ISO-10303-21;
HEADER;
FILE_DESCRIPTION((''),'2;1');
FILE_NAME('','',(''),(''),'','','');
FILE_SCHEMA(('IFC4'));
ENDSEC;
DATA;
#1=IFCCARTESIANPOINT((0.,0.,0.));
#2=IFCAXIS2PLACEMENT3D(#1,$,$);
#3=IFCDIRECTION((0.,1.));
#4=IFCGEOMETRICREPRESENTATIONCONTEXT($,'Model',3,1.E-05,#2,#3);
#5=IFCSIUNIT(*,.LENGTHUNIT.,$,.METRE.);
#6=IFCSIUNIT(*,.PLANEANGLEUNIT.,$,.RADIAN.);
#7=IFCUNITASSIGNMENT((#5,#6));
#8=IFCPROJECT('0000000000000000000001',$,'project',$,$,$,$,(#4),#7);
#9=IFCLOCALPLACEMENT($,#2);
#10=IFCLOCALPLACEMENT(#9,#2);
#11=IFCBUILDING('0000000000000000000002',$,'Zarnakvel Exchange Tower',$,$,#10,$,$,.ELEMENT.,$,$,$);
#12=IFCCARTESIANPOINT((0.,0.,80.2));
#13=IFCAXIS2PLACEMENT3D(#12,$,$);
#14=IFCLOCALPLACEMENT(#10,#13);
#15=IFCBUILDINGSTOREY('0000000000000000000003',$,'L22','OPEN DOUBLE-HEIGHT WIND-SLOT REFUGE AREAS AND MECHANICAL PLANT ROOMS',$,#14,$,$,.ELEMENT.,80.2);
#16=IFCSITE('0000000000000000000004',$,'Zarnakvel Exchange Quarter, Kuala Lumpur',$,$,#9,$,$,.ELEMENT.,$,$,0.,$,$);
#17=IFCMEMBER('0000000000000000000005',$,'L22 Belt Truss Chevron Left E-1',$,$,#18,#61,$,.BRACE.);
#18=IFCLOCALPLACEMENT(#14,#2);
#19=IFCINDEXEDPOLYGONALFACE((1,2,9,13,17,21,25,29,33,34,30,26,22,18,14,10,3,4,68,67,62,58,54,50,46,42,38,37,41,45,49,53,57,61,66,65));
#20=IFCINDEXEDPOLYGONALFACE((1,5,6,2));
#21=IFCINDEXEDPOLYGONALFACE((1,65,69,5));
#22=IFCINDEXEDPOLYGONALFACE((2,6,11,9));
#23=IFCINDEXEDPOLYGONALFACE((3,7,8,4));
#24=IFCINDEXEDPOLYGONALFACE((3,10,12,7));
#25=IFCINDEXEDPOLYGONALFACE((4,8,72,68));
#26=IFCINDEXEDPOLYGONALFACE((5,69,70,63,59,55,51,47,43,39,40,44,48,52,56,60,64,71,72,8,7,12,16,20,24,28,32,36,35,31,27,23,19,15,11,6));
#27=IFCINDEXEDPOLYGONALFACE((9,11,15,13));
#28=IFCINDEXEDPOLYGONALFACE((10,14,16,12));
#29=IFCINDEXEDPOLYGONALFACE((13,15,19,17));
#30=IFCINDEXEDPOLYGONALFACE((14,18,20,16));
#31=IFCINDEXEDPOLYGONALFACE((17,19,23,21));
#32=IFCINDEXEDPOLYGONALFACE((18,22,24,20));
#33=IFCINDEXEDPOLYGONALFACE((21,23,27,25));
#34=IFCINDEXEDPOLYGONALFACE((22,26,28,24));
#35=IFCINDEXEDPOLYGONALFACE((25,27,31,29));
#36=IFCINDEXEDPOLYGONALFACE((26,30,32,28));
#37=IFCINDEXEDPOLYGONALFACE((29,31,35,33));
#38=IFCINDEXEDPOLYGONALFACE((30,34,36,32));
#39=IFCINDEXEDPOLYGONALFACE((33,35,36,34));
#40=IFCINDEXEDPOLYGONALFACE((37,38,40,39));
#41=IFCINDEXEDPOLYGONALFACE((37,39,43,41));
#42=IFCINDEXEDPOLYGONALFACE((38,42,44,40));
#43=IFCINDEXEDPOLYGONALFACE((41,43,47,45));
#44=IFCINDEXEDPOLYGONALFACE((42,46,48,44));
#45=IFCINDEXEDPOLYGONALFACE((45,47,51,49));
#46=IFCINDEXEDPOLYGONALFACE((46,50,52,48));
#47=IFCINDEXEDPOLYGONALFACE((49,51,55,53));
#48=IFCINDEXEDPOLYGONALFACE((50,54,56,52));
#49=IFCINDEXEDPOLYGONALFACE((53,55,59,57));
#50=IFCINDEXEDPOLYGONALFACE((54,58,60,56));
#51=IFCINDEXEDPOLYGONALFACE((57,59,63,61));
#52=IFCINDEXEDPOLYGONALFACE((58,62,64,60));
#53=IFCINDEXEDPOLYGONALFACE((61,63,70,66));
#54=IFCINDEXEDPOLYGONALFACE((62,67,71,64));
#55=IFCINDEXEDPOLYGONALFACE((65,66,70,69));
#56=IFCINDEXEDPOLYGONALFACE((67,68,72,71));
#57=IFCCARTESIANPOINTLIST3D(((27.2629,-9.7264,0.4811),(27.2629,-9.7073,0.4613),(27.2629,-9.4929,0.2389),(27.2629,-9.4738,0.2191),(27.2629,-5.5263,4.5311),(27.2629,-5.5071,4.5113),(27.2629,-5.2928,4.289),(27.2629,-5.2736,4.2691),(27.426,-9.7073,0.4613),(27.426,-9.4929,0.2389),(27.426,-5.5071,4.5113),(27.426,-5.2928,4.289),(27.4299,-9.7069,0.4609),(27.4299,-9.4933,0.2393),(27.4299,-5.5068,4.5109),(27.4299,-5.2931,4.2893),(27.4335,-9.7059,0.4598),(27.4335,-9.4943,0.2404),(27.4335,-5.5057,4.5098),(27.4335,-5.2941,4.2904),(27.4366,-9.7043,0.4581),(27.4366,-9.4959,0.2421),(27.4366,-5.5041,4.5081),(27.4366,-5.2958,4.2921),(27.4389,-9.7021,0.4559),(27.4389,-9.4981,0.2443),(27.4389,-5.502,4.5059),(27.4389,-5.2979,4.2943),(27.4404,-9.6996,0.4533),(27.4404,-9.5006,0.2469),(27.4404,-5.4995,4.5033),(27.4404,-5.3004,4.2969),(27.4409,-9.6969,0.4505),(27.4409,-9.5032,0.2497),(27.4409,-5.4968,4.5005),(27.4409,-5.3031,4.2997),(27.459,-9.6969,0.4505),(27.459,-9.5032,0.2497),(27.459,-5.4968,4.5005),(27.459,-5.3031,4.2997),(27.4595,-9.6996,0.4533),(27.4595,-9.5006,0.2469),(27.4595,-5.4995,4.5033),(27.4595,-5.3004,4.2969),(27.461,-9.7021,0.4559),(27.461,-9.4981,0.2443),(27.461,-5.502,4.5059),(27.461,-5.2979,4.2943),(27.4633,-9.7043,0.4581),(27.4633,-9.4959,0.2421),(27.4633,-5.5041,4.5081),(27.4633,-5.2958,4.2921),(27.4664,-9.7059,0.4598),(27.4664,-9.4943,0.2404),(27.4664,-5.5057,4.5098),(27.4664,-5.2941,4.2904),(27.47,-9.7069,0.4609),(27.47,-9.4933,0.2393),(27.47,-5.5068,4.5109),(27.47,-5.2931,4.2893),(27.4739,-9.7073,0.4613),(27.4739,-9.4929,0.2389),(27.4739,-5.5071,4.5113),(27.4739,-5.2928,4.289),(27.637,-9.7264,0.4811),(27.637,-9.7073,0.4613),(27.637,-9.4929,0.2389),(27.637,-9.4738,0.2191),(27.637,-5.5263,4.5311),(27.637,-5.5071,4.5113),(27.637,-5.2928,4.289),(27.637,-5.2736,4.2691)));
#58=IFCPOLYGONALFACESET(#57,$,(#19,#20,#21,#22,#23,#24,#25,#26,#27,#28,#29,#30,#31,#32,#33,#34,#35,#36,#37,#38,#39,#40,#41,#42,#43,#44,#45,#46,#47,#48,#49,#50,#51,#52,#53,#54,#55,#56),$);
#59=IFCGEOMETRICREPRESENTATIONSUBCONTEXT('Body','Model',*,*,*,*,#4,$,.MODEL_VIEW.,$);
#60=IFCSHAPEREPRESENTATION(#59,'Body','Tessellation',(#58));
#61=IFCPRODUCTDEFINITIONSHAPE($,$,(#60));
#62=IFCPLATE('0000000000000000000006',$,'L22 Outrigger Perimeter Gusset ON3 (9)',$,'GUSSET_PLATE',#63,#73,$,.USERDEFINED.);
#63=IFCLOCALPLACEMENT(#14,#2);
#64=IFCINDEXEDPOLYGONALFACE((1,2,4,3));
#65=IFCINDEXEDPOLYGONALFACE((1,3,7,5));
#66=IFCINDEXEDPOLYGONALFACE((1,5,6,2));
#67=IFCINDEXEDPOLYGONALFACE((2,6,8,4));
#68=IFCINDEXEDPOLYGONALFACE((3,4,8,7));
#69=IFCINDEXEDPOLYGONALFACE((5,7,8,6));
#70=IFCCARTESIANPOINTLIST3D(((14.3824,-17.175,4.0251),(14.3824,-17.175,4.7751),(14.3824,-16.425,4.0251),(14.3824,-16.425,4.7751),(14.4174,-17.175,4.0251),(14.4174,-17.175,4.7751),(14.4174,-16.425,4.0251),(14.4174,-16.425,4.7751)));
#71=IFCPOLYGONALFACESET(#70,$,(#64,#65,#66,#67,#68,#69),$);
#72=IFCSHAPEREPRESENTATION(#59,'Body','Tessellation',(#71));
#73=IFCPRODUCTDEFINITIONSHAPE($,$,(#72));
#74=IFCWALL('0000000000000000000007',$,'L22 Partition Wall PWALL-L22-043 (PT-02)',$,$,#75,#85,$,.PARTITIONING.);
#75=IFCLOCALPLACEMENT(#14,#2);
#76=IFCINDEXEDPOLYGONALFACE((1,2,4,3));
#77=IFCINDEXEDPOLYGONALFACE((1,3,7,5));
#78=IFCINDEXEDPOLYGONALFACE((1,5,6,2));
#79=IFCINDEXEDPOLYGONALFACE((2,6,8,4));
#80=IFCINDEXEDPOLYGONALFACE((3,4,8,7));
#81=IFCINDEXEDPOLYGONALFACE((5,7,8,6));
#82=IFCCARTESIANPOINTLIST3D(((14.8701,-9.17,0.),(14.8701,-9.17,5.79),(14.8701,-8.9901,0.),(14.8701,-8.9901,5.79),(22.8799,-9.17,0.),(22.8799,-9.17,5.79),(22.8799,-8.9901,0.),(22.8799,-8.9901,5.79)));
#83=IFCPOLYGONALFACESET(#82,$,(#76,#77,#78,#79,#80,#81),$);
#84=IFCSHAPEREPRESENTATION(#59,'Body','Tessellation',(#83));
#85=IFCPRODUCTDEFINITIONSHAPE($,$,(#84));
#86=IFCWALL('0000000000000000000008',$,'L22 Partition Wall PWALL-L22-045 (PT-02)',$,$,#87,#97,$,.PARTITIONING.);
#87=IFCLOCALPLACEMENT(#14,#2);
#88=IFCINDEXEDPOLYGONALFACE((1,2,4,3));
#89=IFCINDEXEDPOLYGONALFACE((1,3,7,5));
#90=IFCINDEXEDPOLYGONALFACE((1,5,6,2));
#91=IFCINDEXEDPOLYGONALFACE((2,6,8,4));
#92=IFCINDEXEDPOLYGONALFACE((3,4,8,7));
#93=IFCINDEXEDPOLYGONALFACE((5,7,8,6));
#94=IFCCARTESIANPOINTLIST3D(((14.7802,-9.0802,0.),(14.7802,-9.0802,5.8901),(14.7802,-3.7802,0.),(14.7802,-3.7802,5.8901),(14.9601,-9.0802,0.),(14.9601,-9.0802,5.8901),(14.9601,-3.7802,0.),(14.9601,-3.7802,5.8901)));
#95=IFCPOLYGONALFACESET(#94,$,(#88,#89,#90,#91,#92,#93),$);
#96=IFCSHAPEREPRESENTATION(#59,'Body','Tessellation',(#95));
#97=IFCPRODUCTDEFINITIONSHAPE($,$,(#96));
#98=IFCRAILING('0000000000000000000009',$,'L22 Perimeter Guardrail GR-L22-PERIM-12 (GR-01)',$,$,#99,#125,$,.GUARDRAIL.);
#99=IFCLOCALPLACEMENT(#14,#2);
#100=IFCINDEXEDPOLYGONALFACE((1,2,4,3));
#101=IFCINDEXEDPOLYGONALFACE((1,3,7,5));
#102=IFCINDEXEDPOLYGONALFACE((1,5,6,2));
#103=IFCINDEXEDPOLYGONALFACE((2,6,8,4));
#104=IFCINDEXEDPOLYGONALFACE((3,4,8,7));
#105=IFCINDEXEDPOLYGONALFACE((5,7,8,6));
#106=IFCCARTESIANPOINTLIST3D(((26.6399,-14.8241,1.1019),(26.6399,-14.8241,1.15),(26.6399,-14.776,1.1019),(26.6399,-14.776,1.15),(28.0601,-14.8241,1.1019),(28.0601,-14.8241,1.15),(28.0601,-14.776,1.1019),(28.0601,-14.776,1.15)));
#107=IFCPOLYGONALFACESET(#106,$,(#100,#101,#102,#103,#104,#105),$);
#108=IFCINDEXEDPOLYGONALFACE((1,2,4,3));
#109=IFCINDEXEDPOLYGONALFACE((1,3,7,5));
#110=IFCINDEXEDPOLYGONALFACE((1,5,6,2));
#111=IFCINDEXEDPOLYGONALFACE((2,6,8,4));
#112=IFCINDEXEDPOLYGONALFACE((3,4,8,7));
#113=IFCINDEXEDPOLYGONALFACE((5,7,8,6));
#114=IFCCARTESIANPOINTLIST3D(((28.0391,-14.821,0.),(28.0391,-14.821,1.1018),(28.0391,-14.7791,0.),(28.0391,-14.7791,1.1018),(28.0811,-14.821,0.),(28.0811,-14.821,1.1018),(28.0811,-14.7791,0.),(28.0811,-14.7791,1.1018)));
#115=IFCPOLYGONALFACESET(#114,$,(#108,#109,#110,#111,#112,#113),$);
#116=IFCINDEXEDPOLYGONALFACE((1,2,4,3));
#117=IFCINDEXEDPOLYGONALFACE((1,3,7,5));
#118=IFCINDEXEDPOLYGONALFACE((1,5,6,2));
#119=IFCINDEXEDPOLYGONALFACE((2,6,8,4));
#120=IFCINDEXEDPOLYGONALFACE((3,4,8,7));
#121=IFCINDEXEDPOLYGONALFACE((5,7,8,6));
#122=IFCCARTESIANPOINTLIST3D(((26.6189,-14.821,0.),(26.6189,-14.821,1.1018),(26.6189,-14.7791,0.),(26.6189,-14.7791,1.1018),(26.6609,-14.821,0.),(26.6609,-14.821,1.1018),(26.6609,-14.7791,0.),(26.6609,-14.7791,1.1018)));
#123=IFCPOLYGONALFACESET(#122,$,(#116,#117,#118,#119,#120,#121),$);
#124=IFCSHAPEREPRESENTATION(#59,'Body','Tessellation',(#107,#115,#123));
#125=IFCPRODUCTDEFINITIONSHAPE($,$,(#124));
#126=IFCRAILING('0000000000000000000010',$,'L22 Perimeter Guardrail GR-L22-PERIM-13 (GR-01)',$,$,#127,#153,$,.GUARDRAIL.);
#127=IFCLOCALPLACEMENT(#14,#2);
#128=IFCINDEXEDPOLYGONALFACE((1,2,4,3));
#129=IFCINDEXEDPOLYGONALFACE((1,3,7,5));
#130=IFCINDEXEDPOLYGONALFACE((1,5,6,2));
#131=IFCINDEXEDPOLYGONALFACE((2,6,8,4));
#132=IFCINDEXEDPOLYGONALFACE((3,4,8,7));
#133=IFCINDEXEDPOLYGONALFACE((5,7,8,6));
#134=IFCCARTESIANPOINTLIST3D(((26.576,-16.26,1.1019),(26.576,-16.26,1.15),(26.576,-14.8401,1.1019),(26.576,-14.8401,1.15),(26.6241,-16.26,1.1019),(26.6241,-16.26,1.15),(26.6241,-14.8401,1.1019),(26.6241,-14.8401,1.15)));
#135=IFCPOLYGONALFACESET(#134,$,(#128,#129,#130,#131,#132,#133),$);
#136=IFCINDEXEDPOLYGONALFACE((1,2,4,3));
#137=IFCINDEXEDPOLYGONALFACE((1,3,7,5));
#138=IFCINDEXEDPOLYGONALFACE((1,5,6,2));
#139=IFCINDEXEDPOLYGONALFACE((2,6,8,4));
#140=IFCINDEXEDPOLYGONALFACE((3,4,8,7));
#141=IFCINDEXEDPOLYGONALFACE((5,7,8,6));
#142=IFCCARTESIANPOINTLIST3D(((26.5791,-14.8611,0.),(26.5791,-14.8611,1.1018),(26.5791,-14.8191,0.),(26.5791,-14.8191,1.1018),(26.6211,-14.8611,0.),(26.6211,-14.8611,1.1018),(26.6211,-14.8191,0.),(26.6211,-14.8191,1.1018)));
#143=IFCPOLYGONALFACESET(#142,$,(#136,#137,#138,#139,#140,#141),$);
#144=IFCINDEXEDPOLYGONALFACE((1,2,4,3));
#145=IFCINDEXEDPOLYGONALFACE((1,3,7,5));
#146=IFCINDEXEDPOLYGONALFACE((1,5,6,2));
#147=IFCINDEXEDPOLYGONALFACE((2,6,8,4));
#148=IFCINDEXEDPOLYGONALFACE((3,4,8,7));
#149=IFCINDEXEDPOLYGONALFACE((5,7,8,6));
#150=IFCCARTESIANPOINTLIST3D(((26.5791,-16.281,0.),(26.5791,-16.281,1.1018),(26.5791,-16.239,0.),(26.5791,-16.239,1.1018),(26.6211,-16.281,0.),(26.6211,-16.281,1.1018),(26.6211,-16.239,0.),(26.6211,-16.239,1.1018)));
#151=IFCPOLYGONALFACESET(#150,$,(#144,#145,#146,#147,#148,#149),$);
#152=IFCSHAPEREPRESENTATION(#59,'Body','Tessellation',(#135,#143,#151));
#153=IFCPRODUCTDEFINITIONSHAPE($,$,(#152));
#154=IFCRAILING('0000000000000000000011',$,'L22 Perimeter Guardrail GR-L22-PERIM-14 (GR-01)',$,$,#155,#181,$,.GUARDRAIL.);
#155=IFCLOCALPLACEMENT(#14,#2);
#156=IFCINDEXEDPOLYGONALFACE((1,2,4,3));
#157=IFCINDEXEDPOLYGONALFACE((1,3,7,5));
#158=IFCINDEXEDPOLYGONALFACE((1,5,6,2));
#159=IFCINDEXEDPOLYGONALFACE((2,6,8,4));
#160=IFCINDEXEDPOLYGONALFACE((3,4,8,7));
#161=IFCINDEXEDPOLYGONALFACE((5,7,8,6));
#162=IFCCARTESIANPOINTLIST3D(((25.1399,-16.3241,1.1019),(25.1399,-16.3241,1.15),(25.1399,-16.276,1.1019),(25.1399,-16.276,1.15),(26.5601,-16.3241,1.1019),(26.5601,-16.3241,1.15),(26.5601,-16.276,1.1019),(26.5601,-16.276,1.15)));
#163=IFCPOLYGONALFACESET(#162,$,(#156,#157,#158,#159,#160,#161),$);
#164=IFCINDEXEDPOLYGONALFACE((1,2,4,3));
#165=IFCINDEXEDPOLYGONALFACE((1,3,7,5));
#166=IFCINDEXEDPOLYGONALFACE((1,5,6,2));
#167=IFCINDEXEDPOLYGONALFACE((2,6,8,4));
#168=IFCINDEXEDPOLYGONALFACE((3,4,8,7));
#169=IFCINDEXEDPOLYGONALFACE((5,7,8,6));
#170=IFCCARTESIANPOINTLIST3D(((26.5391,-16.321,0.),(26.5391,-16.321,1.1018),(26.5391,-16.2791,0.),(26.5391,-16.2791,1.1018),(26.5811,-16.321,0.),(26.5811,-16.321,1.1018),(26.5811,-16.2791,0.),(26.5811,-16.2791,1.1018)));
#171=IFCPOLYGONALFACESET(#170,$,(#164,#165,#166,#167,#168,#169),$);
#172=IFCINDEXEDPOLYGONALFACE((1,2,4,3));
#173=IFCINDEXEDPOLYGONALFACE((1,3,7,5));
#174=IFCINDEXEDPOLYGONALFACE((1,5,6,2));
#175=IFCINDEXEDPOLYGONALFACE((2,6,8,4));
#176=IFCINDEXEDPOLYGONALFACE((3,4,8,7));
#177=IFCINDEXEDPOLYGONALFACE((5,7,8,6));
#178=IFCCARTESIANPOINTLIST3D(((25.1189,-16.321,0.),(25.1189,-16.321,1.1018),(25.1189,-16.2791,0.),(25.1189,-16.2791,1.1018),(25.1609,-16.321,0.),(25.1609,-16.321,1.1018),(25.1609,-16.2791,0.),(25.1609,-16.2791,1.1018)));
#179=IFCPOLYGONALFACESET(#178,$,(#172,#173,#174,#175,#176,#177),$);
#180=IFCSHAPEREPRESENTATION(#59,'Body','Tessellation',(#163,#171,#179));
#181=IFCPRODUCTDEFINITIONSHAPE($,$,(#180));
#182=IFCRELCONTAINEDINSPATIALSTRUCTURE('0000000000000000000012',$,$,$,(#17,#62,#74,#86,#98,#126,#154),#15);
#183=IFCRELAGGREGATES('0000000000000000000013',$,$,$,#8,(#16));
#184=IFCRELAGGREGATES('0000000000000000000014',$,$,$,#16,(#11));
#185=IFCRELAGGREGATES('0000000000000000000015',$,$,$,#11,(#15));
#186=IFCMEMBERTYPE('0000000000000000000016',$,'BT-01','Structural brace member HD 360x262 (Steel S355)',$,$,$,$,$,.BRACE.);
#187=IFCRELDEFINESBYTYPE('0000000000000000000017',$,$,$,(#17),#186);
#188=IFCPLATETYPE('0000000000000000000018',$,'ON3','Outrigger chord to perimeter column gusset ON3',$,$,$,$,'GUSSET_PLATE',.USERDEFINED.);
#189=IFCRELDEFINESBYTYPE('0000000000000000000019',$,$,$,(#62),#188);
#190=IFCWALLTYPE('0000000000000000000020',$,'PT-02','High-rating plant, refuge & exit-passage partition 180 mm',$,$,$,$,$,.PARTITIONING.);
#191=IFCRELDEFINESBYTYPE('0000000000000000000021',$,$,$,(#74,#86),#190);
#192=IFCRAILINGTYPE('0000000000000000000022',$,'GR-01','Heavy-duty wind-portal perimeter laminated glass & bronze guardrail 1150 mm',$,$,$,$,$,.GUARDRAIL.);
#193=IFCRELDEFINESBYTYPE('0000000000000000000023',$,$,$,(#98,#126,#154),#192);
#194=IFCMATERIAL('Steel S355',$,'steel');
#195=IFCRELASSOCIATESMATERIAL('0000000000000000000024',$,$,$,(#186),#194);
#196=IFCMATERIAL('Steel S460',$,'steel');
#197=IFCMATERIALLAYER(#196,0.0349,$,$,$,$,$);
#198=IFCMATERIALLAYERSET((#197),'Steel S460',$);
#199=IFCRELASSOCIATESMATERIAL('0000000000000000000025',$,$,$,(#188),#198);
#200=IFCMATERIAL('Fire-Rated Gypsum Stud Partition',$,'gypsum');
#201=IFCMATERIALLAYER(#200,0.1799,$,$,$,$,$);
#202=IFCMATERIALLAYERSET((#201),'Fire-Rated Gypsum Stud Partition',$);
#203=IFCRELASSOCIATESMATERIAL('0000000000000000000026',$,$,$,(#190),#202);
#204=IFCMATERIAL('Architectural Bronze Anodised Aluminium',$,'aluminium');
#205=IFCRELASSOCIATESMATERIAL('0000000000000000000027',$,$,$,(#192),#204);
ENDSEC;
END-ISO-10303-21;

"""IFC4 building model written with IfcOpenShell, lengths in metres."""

from ifc_helpers import new_model, si_unit, direction, frame, frame_2d, origin, origin_2d, place, context, subcontext, project, spatial, rectangle, i_section, extrude, source, transform, mapped, material, layer, layer_set, material_profile, profile_set, type_object, element, save


model = new_model("IFC4")

# Units and contexts
model_context = context("Model", 3, precision=1e-05, world=origin(), true_north=direction((0.0, 1.0)))
body_context = subcontext(model_context, "Body", "Model", "MODEL_VIEW")
ifc_project = project(units=[si_unit("LENGTHUNIT", "METRE"), si_unit("PLANEANGLEUNIT", "RADIAN")], contexts=[model_context])

# Site, building, storey
site_placement = place(None, origin())
site = spatial("IfcSite", under=ifc_project, at=site_placement, Name="Zarnakvel Exchange Quarter, Kuala Lumpur", CompositionType="ELEMENT", RefElevation=0.0)
building_placement = place(site_placement, origin())
building = spatial("IfcBuilding", under=site, at=building_placement, Name="Zarnakvel Exchange Tower", CompositionType="ELEMENT")
storey_placement = place(building_placement, frame((0.0, 0.0, 80.2)))
storey = spatial("IfcBuildingStorey", under=building, at=storey_placement, Name="L22", Description="OPEN DOUBLE-HEIGHT WIND-SLOT REFUGE AREAS AND MECHANICAL PLANT ROOMS", CompositionType="ELEMENT", Elevation=80.2)

# Shared definitions
ifc_material_1 = material(Name="Steel S355", Category="steel")

# Shared definitions
ifc_material_2 = material(Name="Steel S460", Category="steel")

# Member
ifc_material_profile_1 = material_profile(ifc_material_1, i_section(OverallWidth=0.374, OverallDepth=0.364, WebThickness=0.0181, FlangeThickness=0.0276, FilletRadius=0.0149, at=origin_2d()))
ifc_profile_set_1 = profile_set([ifc_material_profile_1], Name="Steel S355")
member_type_1 = type_object("IfcMemberType", Name="BT-01", Description="Structural brace member HD 360x262 (Steel S355)", PredefinedType="BRACE", material=ifc_profile_set_1)
shared_shape_1 = source(origin(), body_context, "Body", "SweptSolid", [
    extrude(i_section(OverallWidth=0.374, OverallDepth=0.364, WebThickness=0.0181, FlangeThickness=0.0276, FilletRadius=0.0149, at=origin_2d()), origin(), (0.0, 0.0, 1.0), 5.8347),
])
member_1_placement = place(storey_placement, frame((27.45, -9.6001, 0.3501), z_axis=(0.0, 0.719856, 0.694123), x_axis=(-1.0, 0.0, 0.0)))
element("IfcMember", 1, at=member_1_placement, inside=storey, type_object=member_type_1, Name="L22 Belt Truss Chevron Left E-1", PredefinedType="BRACE", context=body_context, shape_type="MappedRepresentation", body=[
    mapped(shared_shape_1, transform((0.0, 0.0, 0.0), x_axis=(1.0, 0.0, 0.0), y_axis=(0.0, 1.0, 0.0), z_axis=(0.0, 0.0, 1.0), scale=1.0)),
])

# Plate
ifc_layer_1 = layer(ifc_material_2, 0.0349)
ifc_layer_set_1 = layer_set([ifc_layer_1], Name="Steel S460")
plate_type = type_object("IfcPlateType", Name="ON3", Description="Outrigger chord to perimeter column gusset ON3", ElementType="GUSSET_PLATE", PredefinedType="USERDEFINED", material=ifc_layer_set_1)
shared_shape_2 = source(origin(), body_context, "Body", "SweptSolid", [
    extrude(rectangle(XDim=0.0349, YDim=0.75, at=origin_2d()), origin(), (0.0, 0.0, 1.0), 0.75),
])
plate_placement = place(storey_placement, frame((14.3999, -16.8, 4.0251), z_axis=(0.0, 0.0, 1.0), x_axis=(1.0, 0.0, 0.0)))
element("IfcPlate", 2, at=plate_placement, inside=storey, type_object=plate_type, Name="L22 Outrigger Perimeter Gusset ON3 (9)", ObjectType="GUSSET_PLATE", PredefinedType="USERDEFINED", context=body_context, shape_type="MappedRepresentation", body=[
    mapped(shared_shape_2, transform((0.0, 0.0, 0.0), x_axis=(1.0, 0.0, 0.0), y_axis=(0.0, 1.0, 0.0), z_axis=(0.0, 0.0, 1.0), scale=1.0)),
])

# Walls
ifc_material_3 = material(Name="Fire-Rated Gypsum Stud Partition", Category="gypsum")
ifc_layer_2 = layer(ifc_material_3, 0.1799)
ifc_layer_set_2 = layer_set([ifc_layer_2], Name="Fire-Rated Gypsum Stud Partition")
wall_type = type_object("IfcWallType", Name="PT-02", Description="High-rating plant, refuge & exit-passage partition 180 mm", PredefinedType="PARTITIONING", material=ifc_layer_set_2)
wall_1_placement = place(storey_placement, frame((22.8799, -9.0801, 0.0), z_axis=(0.0, 0.0, 1.0), x_axis=(-1.0, 0.0, 0.0)))
element("IfcWall", 3, at=wall_1_placement, inside=storey, type_object=wall_type, Name="L22 Partition Wall PWALL-L22-043 (PT-02)", PredefinedType="PARTITIONING", context=body_context, shape_type="SweptSolid", body=[
    extrude(rectangle(XDim=8.0098, YDim=0.1799, at=frame_2d((4.0049, 0.0))), origin(), (0.0, 0.0, 1.0), 5.79),
])
wall_2_placement = place(storey_placement, frame((14.8701, -9.0801, 0.0), z_axis=(0.0, 0.0, 1.0), x_axis=(0.0, 1.0, 0.0)))
element("IfcWall", 4, at=wall_2_placement, inside=storey, type_object=wall_type, Name="L22 Partition Wall PWALL-L22-045 (PT-02)", PredefinedType="PARTITIONING", context=body_context, shape_type="SweptSolid", body=[
    extrude(rectangle(XDim=5.3, YDim=0.1799, at=frame_2d((2.6499, 0.0))), origin(), (0.0, 0.0, 1.0), 5.8901),
])

# Railings
ifc_material_4 = material(Name="Architectural Bronze Anodised Aluminium", Category="aluminium")
railing_type = type_object("IfcRailingType", Name="GR-01", Description="Heavy-duty wind-portal perimeter laminated glass & bronze guardrail 1150 mm", PredefinedType="GUARDRAIL", material=ifc_material_4)
railing_1_placement = place(storey_placement, frame((28.0601, -14.8, 0.0)))
element("IfcRailing", 5, at=railing_1_placement, inside=storey, type_object=railing_type, Name="L22 Perimeter Guardrail GR-L22-PERIM-12 (GR-01)", PredefinedType="GUARDRAIL", context=body_context, shape_type="SweptSolid", body=[
    extrude(rectangle(XDim=0.0481, YDim=0.0481, at=origin_2d()), frame((0.0, 0.0, 1.126), z_axis=(-1.0, 0.0, 0.0), x_axis=(0.0, -1.0, 0.0)), (0.0, 0.0, 1.0), 1.4202),
    extrude(rectangle(XDim=0.042, YDim=0.042, at=origin_2d()), origin(), (0.0, 0.0, 1.0), 1.1018),
    extrude(rectangle(XDim=0.042, YDim=0.042, at=origin_2d()), frame((-1.4202, 0.0, 0.0)), (0.0, 0.0, 1.0), 1.1018),
])
railing_2_placement = place(storey_placement, frame((26.6001, -14.8401, 0.0)))
element("IfcRailing", 6, at=railing_2_placement, inside=storey, type_object=railing_type, Name="L22 Perimeter Guardrail GR-L22-PERIM-13 (GR-01)", PredefinedType="GUARDRAIL", context=body_context, shape_type="SweptSolid", body=[
    extrude(rectangle(XDim=0.0481, YDim=0.0481, at=origin_2d()), frame((0.0, 0.0, 1.126), z_axis=(0.0, -1.0, 0.0), x_axis=(1.0, 0.0, 0.0)), (0.0, 0.0, 1.0), 1.4199),
    extrude(rectangle(XDim=0.042, YDim=0.042, at=origin_2d()), origin(), (0.0, 0.0, 1.0), 1.1018),
    extrude(rectangle(XDim=0.042, YDim=0.042, at=origin_2d()), frame((0.0, -1.4199, 0.0)), (0.0, 0.0, 1.0), 1.1018),
])
railing_3_placement = place(storey_placement, frame((26.5601, -16.3, 0.0)))
element("IfcRailing", 7, at=railing_3_placement, inside=storey, type_object=railing_type, Name="L22 Perimeter Guardrail GR-L22-PERIM-14 (GR-01)", PredefinedType="GUARDRAIL", context=body_context, shape_type="SweptSolid", body=[
    extrude(rectangle(XDim=0.0481, YDim=0.0481, at=origin_2d()), frame((0.0, 0.0, 1.126), z_axis=(-1.0, 0.0, 0.0), x_axis=(0.0, -1.0, 0.0)), (0.0, 0.0, 1.0), 1.4202),
    extrude(rectangle(XDim=0.042, YDim=0.042, at=origin_2d()), origin(), (0.0, 0.0, 1.0), 1.1018),
    extrude(rectangle(XDim=0.042, YDim=0.042, at=origin_2d()), frame((-1.4202, 0.0, 0.0)), (0.0, 0.0, 1.0), 1.1018),
])

save(model, "model.ifc")
